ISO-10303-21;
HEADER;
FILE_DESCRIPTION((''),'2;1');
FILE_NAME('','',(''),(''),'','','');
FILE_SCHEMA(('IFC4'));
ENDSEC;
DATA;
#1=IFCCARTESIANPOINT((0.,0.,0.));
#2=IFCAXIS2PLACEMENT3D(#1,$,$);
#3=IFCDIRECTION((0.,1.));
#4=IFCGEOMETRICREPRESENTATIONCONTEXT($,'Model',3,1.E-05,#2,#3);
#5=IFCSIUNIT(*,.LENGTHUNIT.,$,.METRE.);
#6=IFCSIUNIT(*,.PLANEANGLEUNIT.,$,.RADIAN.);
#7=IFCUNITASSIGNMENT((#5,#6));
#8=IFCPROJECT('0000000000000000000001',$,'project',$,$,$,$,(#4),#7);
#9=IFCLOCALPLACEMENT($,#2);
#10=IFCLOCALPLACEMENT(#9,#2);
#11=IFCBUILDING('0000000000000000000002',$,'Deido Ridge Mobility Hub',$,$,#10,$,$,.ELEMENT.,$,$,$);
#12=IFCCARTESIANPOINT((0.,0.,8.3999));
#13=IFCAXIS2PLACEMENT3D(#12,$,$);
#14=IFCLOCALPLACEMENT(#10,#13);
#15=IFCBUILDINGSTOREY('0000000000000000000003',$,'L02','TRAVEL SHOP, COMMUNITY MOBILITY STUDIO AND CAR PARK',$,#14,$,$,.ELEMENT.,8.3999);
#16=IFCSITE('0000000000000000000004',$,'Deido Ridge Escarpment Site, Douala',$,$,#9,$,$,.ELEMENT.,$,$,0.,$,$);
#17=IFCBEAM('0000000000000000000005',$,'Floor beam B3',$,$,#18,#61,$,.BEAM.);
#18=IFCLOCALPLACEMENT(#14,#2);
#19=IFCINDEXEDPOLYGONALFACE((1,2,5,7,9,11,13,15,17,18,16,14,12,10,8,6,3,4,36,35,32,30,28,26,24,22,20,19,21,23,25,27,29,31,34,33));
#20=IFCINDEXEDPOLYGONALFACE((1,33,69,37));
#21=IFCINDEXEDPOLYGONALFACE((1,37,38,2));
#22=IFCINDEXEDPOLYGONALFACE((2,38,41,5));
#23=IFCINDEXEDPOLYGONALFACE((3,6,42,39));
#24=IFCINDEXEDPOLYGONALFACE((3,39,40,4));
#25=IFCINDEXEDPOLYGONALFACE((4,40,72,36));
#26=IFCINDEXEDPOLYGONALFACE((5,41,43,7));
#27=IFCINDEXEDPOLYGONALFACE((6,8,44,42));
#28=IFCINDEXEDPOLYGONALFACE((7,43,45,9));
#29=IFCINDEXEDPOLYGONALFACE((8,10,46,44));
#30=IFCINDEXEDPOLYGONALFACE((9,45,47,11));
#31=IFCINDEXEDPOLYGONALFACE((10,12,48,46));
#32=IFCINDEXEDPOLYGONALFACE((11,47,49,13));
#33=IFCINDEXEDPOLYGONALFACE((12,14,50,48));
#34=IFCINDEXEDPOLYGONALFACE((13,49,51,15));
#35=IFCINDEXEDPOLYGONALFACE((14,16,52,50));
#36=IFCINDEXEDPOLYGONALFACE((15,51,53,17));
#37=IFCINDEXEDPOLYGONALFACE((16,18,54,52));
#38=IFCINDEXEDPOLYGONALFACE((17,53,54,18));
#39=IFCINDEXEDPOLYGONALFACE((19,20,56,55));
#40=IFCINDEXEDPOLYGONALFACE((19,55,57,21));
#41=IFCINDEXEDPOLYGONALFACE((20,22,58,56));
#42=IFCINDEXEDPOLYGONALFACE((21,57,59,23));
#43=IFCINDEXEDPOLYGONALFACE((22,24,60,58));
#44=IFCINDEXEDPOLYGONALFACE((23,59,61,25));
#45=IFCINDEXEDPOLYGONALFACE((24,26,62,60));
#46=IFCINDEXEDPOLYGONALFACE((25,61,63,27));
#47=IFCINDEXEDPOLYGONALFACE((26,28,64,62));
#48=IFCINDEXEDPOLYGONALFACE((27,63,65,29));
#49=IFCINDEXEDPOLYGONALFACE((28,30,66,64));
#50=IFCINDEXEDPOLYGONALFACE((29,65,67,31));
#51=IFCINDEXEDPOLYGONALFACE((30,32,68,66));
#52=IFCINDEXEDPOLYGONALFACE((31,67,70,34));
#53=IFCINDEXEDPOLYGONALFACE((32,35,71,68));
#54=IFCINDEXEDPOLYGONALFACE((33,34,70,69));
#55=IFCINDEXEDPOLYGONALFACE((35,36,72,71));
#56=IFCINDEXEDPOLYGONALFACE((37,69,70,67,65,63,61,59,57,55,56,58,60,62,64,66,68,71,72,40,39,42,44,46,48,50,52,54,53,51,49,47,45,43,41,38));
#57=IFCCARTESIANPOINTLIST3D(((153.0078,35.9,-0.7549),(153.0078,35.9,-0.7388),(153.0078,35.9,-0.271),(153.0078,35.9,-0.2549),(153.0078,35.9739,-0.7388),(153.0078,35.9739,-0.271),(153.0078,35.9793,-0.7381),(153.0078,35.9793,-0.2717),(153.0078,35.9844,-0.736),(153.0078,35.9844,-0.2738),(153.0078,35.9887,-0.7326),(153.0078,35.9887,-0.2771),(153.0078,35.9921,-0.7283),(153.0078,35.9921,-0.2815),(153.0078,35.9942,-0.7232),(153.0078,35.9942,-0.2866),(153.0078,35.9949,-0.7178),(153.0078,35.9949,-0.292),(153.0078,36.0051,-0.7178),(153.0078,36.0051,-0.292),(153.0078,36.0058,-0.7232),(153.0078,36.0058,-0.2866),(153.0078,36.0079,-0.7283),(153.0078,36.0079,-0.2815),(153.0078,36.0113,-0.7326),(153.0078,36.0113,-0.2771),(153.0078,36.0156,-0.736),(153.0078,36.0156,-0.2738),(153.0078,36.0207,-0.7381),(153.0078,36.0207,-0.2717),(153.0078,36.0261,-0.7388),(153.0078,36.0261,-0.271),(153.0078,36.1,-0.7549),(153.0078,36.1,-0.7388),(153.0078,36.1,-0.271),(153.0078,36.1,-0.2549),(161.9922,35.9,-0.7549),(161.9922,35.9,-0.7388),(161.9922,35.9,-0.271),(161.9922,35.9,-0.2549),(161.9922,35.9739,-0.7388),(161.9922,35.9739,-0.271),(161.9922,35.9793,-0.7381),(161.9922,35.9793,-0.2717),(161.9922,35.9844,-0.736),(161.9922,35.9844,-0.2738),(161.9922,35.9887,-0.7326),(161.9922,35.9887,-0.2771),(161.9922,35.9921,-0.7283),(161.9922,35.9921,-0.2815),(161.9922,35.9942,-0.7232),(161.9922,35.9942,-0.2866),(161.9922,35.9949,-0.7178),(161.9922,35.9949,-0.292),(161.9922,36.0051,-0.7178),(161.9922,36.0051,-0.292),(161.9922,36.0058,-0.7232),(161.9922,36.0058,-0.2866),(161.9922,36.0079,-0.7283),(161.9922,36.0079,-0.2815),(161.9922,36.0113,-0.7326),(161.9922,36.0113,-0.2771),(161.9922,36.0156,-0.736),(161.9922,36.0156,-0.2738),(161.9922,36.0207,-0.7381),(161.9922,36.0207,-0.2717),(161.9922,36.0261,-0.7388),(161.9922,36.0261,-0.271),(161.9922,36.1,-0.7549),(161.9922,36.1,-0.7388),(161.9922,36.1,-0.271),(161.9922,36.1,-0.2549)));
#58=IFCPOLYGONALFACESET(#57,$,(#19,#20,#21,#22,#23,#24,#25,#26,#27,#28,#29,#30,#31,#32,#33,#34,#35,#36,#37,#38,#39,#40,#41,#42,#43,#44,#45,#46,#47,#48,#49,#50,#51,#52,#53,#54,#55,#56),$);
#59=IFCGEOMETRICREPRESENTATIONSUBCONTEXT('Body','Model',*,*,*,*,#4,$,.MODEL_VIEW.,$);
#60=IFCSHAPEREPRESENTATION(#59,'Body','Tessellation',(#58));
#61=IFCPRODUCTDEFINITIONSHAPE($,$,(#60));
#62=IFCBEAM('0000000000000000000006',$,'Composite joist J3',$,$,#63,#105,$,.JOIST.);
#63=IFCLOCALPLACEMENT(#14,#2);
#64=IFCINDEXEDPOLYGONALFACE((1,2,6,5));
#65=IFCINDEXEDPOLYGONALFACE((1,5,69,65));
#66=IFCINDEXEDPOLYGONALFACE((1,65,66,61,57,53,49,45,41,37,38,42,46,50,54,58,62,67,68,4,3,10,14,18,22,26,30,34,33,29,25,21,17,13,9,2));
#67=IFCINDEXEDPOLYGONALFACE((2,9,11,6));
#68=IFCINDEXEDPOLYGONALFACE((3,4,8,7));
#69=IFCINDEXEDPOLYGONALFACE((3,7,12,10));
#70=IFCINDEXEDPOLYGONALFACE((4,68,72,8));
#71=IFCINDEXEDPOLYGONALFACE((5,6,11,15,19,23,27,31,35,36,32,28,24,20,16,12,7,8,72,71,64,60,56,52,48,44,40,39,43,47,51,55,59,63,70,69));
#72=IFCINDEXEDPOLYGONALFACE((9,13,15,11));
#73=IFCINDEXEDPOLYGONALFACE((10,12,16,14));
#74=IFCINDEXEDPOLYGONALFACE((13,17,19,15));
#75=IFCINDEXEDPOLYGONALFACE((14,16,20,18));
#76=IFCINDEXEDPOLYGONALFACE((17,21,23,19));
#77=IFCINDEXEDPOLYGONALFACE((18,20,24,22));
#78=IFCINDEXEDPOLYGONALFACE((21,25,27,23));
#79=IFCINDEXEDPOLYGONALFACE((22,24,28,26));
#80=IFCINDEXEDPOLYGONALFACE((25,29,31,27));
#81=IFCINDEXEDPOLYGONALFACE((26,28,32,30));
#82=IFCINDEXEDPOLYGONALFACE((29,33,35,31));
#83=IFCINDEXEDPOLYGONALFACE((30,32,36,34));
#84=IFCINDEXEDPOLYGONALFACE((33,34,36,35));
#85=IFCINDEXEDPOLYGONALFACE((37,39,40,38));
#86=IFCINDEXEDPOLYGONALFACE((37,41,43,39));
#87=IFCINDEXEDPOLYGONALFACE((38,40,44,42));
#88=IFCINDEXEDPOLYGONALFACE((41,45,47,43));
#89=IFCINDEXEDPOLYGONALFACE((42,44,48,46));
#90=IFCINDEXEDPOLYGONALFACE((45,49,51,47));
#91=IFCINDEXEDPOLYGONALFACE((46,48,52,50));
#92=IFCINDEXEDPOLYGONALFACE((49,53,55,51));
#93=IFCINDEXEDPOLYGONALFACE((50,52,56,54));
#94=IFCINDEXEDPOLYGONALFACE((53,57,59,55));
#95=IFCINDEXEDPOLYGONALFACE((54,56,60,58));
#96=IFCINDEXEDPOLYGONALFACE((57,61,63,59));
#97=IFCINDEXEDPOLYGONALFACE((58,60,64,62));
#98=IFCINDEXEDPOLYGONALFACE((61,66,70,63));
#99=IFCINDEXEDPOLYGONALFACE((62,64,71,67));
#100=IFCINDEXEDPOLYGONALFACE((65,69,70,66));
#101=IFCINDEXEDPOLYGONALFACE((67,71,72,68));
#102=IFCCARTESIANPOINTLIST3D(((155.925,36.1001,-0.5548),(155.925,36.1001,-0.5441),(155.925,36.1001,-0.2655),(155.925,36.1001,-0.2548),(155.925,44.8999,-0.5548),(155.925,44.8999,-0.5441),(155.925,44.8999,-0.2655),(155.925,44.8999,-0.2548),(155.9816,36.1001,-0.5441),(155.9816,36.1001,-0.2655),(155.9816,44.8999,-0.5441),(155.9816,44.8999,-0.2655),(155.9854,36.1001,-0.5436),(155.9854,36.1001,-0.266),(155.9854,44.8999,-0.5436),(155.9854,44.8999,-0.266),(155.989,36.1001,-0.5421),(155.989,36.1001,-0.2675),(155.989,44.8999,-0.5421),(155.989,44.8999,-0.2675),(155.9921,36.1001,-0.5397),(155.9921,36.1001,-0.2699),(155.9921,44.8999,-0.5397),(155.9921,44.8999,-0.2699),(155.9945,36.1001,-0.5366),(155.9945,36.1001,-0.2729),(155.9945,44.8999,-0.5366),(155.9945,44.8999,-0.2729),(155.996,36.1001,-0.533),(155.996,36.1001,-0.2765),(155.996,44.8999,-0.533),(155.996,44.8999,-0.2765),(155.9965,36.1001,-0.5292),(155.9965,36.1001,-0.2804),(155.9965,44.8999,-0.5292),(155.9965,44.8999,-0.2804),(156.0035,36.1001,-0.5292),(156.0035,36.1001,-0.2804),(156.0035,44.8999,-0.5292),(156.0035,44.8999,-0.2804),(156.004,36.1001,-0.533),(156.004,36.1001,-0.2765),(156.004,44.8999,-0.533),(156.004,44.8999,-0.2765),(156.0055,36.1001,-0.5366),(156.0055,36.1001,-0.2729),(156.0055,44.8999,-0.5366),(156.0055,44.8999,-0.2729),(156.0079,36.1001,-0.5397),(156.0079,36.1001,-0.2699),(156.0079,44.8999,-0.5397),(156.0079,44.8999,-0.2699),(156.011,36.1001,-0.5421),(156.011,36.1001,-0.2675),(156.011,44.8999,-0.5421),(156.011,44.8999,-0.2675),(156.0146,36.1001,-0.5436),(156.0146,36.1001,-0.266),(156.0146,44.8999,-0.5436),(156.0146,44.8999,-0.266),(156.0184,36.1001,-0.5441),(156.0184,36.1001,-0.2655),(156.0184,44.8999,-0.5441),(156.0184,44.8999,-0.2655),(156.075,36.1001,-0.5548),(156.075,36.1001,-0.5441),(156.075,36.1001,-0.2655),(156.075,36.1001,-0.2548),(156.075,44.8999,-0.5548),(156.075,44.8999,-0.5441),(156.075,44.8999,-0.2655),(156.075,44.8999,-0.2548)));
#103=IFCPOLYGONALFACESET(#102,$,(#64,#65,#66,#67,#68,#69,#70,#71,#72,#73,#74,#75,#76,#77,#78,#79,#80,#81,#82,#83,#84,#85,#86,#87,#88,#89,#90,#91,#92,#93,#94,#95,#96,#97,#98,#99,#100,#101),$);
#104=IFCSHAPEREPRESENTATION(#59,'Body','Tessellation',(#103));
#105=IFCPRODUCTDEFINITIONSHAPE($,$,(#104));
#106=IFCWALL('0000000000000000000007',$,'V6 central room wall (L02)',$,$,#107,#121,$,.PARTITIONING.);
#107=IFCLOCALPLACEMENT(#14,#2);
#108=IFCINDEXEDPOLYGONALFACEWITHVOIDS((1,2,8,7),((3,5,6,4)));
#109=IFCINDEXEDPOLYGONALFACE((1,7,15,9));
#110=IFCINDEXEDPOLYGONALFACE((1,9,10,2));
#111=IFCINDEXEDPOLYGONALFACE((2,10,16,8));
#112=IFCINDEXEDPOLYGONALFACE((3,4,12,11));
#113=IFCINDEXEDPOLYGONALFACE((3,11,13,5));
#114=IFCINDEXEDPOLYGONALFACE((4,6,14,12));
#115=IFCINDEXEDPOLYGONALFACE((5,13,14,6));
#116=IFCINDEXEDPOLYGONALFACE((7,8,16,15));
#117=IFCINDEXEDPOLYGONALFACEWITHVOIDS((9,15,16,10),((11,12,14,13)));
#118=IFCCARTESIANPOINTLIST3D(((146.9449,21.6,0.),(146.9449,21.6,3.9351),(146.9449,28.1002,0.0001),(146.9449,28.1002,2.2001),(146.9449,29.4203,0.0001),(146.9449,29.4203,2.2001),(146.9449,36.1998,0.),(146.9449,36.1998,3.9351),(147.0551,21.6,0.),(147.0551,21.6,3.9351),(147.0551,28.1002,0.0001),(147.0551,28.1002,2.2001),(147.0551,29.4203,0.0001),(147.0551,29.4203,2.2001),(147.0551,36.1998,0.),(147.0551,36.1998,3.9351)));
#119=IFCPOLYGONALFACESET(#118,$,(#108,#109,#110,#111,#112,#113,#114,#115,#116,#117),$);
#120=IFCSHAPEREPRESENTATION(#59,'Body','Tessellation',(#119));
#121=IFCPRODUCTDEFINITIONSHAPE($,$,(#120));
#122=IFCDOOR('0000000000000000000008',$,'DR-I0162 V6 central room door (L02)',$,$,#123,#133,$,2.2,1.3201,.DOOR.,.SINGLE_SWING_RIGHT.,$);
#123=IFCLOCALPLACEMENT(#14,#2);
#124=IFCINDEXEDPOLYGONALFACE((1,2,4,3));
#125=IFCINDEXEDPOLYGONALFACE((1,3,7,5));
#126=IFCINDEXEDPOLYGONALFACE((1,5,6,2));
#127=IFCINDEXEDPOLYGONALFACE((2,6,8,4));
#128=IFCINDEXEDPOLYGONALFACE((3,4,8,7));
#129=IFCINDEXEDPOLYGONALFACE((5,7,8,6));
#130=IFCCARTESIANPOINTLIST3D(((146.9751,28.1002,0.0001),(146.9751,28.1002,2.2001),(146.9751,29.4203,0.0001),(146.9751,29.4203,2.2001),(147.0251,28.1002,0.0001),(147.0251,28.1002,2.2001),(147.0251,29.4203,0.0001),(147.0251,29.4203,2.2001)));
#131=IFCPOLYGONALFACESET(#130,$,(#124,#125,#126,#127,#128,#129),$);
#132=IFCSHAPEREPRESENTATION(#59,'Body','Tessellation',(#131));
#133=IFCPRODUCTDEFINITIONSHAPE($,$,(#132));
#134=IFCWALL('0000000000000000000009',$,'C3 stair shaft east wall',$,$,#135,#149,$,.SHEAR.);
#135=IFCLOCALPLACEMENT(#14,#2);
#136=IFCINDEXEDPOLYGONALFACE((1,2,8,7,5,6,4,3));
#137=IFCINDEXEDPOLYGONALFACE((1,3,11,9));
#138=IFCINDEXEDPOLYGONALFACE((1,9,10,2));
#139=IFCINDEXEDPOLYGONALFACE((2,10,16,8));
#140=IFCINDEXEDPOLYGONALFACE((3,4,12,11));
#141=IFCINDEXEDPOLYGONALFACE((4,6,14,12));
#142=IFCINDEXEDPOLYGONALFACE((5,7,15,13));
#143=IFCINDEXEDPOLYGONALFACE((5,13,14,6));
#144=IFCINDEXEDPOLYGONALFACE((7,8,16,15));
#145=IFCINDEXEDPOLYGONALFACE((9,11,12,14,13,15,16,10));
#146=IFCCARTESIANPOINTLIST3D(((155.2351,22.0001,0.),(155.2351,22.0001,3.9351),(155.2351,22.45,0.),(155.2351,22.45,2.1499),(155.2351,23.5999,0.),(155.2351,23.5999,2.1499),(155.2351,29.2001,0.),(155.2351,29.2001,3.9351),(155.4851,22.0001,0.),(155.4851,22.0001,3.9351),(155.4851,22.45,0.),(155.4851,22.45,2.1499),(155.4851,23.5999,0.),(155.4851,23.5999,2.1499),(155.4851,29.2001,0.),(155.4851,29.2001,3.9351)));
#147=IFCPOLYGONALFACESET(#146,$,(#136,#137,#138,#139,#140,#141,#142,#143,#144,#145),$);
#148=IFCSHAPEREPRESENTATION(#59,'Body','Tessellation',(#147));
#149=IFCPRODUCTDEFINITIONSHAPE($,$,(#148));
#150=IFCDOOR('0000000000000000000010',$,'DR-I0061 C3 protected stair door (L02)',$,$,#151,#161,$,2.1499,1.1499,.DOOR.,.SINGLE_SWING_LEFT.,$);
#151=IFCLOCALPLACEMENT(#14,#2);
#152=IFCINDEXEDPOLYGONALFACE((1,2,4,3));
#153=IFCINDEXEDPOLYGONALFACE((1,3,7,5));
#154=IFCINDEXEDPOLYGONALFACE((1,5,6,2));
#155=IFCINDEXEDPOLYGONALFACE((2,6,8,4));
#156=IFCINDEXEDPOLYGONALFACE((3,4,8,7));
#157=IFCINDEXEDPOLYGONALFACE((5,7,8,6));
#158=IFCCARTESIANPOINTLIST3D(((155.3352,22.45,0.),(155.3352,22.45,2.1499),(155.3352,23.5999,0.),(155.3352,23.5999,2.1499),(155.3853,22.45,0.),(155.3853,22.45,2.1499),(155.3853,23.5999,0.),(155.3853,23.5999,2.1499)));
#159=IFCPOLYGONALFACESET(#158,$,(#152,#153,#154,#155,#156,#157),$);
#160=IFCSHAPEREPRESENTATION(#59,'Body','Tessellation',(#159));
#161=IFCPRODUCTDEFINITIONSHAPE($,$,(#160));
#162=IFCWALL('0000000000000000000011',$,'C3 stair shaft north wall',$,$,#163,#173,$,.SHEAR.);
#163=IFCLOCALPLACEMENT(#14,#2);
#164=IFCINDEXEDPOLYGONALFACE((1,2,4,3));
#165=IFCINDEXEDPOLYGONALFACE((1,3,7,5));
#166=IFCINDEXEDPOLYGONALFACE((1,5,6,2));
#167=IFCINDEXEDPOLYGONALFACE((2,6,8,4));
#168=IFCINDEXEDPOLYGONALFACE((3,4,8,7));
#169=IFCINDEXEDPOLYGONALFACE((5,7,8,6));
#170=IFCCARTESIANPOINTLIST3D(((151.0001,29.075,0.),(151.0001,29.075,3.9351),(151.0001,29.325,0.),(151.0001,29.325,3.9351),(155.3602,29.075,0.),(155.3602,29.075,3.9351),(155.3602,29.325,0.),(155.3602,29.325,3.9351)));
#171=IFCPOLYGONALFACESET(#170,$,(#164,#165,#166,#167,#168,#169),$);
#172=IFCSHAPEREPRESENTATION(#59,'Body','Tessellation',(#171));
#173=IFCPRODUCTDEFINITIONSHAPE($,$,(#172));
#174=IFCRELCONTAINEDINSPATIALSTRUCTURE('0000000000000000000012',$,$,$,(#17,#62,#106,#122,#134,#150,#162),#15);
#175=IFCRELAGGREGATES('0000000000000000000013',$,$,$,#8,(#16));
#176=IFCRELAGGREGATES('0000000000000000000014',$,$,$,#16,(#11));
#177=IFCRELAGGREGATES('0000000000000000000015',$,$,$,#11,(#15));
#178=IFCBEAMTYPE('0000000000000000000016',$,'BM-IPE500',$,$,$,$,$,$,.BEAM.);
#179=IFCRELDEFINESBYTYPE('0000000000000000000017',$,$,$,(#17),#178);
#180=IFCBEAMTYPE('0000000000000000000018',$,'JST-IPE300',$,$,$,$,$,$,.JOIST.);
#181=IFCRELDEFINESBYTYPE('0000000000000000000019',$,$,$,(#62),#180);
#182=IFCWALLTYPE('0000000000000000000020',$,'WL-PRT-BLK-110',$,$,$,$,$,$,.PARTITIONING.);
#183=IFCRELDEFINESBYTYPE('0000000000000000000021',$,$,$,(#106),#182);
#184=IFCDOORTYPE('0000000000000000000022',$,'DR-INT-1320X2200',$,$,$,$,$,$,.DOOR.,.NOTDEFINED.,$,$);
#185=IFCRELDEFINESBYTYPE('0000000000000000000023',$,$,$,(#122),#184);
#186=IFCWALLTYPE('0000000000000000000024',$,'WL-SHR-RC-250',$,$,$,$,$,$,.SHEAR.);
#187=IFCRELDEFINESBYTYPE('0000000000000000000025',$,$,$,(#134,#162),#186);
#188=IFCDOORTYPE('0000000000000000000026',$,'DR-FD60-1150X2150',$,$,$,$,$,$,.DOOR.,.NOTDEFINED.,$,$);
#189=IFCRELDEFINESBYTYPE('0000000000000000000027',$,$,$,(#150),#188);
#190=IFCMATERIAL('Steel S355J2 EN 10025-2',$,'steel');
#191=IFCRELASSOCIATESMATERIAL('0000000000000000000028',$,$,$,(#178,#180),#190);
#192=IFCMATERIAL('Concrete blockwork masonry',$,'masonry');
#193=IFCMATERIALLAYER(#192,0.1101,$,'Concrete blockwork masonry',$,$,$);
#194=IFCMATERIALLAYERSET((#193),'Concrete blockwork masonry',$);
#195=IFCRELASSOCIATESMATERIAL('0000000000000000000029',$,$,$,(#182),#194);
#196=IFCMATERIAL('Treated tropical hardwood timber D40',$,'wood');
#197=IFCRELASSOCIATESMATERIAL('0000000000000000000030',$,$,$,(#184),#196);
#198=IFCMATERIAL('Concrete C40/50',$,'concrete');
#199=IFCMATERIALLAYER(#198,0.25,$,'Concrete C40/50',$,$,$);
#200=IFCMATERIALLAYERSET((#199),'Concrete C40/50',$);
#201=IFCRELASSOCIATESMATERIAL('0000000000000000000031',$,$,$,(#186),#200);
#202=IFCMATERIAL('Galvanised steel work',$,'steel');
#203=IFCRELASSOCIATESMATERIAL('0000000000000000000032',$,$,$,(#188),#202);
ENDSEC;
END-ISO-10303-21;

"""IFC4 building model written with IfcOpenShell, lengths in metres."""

from ifc_helpers import new_model, si_unit, direction, frame, frame_2d, origin, origin_2d, place, context, subcontext, project, spatial, rectangle, i_section, extrude, material, layer, layer_set, material_profile, profile_set, type_object, element, fill, save


model = new_model("IFC4")

# Units and contexts
model_context = context("Model", 3, precision=1e-05, world=origin(), true_north=direction((0.0, 1.0)))
body_context = subcontext(model_context, "Body", "Model", "MODEL_VIEW")
ifc_project = project(units=[si_unit("LENGTHUNIT", "METRE"), si_unit("PLANEANGLEUNIT", "RADIAN")], contexts=[model_context])

# Site, building, storey
site_placement = place(None, origin())
site = spatial("IfcSite", under=ifc_project, at=site_placement, Name="Deido Ridge Escarpment Site, Douala", CompositionType="ELEMENT", RefElevation=0.0)
building_placement = place(site_placement, origin())
building = spatial("IfcBuilding", under=site, at=building_placement, Name="Deido Ridge Mobility Hub", CompositionType="ELEMENT")
storey_placement = place(building_placement, frame((0.0, 0.0, 8.3999)))
storey = spatial("IfcBuildingStorey", under=building, at=storey_placement, Name="L02", Description="TRAVEL SHOP, COMMUNITY MOBILITY STUDIO AND CAR PARK", CompositionType="ELEMENT", Elevation=8.3999)

# Shared definitions
ifc_material_1 = material(Name="Steel S355J2 EN 10025-2", Category="steel")

# Beams
ifc_material_profile_1 = material_profile(ifc_material_1, i_section(OverallWidth=0.2, OverallDepth=0.5, WebThickness=0.0103, FlangeThickness=0.0161, FilletRadius=0.021, at=origin_2d()), Name="IPE 500")
ifc_profile_set_1 = profile_set([ifc_material_profile_1], Name="Steel S355J2 EN 10025-2")
beam_type_1 = type_object("IfcBeamType", Name="BM-IPE500", PredefinedType="BEAM", material=ifc_profile_set_1)
beam_1_placement = place(storey_placement, frame((153.0078, 36.0, -0.5049), z_axis=(1.0, 0.0, 0.0), x_axis=(0.0, 1.0, 0.0)))
element("IfcBeam", 1, at=beam_1_placement, inside=storey, type_object=beam_type_1, Name="Floor beam B3", PredefinedType="BEAM", context=body_context, shape_type="SweptSolid", body=[
    extrude(i_section(OverallWidth=0.2, OverallDepth=0.5, WebThickness=0.0103, FlangeThickness=0.0161, FilletRadius=0.021, at=origin_2d()), origin(), (0.0, 0.0, 1.0), 8.9844),
])
ifc_material_profile_2 = material_profile(ifc_material_1, i_section(OverallWidth=0.1499, OverallDepth=0.3, WebThickness=0.0071, FlangeThickness=0.0107, FilletRadius=0.0149, at=origin_2d()), Name="IPE 300")
ifc_profile_set_2 = profile_set([ifc_material_profile_2], Name="Steel S355J2 EN 10025-2")
beam_type_2 = type_object("IfcBeamType", Name="JST-IPE300", PredefinedType="JOIST", material=ifc_profile_set_2)
beam_2_placement = place(storey_placement, frame((156.0, 36.1001, -0.4048), z_axis=(0.0, 1.0, 0.0), x_axis=(-1.0, 0.0, 0.0)))
element("IfcBeam", 2, at=beam_2_placement, inside=storey, type_object=beam_type_2, Name="Composite joist J3", PredefinedType="JOIST", context=body_context, shape_type="SweptSolid", body=[
    extrude(i_section(OverallWidth=0.1499, OverallDepth=0.3, WebThickness=0.0071, FlangeThickness=0.0107, FilletRadius=0.0149, at=origin_2d()), origin(), (0.0, 0.0, 1.0), 8.7998),
])

# Walls, openings, doors
ifc_material_2 = material(Name="Concrete blockwork masonry", Category="masonry")
ifc_layer_1 = layer(ifc_material_2, 0.1101, Name="Concrete blockwork masonry")
ifc_layer_set_1 = layer_set([ifc_layer_1], Name="Concrete blockwork masonry")
wall_type_1 = type_object("IfcWallType", Name="WL-PRT-BLK-110", PredefinedType="PARTITIONING", material=ifc_layer_set_1)
wall_1_placement = place(storey_placement, frame((147.0, 21.6001, 0.0), z_axis=(0.0, 0.0, 1.0), x_axis=(0.0, 1.0, 0.0)))
wall_1 = element("IfcWall", 3, at=wall_1_placement, inside=storey, type_object=wall_type_1, Name="V6 central room wall (L02)", PredefinedType="PARTITIONING", context=body_context, shape_type="SweptSolid", body=[
    extrude(rectangle(XDim=14.5999, YDim=0.1101, at=frame_2d((7.2998, 0.0))), origin(), (0.0, 0.0, 1.0), 3.9351),
])
opening_1_placement = place(wall_1_placement, frame((6.5, 0.0, 0.0)))
opening_1 = element("IfcOpeningElement", 4, at=opening_1_placement, cuts=wall_1, PredefinedType="OPENING", context=body_context, shape_type="SweptSolid", body=[
    extrude(rectangle(XDim=1.3201, YDim=2.2, at=frame_2d((0.6602, 1.1001))), frame((0.0, 0.0649, 0.0), z_axis=(0.0, -1.0, 0.0), x_axis=(1.0, 0.0, 0.0)), (0.0, 0.0, 1.0), 0.1301),
])
ifc_material_3 = material(Name="Treated tropical hardwood timber D40", Category="wood")
door_type_1 = type_object("IfcDoorType", Name="DR-INT-1320X2200", OperationType="NOTDEFINED", PredefinedType="DOOR", material=ifc_material_3)
door_1_placement = place(opening_1_placement, origin())
door_1 = element("IfcDoor", 5, at=door_1_placement, inside=storey, type_object=door_type_1, Name="DR-I0162 V6 central room door (L02)", OperationType="SINGLE_SWING_RIGHT", OverallHeight=2.2, OverallWidth=1.3201, PredefinedType="DOOR", context=body_context, shape_type="SweptSolid", body=[
    extrude(rectangle(XDim=1.3201, YDim=2.2, at=frame_2d((0.6602, 1.1001))), frame((0.0, 0.0249, 0.0), z_axis=(0.0, -1.0, 0.0), x_axis=(1.0, 0.0, 0.0)), (0.0, 0.0, 1.0), 0.05),
])
fill(opening_1, door_1)
ifc_material_4 = material(Name="Concrete C40/50", Category="concrete")
ifc_layer_2 = layer(ifc_material_4, 0.25, Name="Concrete C40/50")
ifc_layer_set_2 = layer_set([ifc_layer_2], Name="Concrete C40/50")
wall_type_2 = type_object("IfcWallType", Name="WL-SHR-RC-250", PredefinedType="SHEAR", material=ifc_layer_set_2)
wall_2_placement = place(storey_placement, frame((155.3601, 22.0, 0.0), z_axis=(0.0, 0.0, 1.0), x_axis=(0.0, 1.0, 0.0)))
wall_2 = element("IfcWall", 6, at=wall_2_placement, inside=storey, type_object=wall_type_2, Name="C3 stair shaft east wall", PredefinedType="SHEAR", context=body_context, shape_type="SweptSolid", body=[
    extrude(rectangle(XDim=7.2, YDim=0.25, at=frame_2d((3.6001, 0.0))), origin(), (0.0, 0.0, 1.0), 3.9351),
])
opening_2_placement = place(wall_2_placement, frame((0.45, 0.0, 0.0)))
opening_2 = element("IfcOpeningElement", 7, at=opening_2_placement, cuts=wall_2, PredefinedType="OPENING", context=body_context, shape_type="SweptSolid", body=[
    extrude(rectangle(XDim=1.1499, YDim=2.1499, at=frame_2d((0.575, 1.075))), frame((0.0, 0.135, 0.0), z_axis=(0.0, -1.0, 0.0), x_axis=(1.0, 0.0, 0.0)), (0.0, 0.0, 1.0), 0.27),
])
ifc_material_5 = material(Name="Galvanised steel work", Category="steel")
door_type_2 = type_object("IfcDoorType", Name="DR-FD60-1150X2150", OperationType="NOTDEFINED", PredefinedType="DOOR", material=ifc_material_5)
door_2_placement = place(opening_2_placement, origin())
door_2 = element("IfcDoor", 8, at=door_2_placement, inside=storey, type_object=door_type_2, Name="DR-I0061 C3 protected stair door (L02)", OperationType="SINGLE_SWING_LEFT", OverallHeight=2.1499, OverallWidth=1.1499, PredefinedType="DOOR", context=body_context, shape_type="SweptSolid", body=[
    extrude(rectangle(XDim=1.1499, YDim=2.1499, at=frame_2d((0.575, 1.075))), frame((0.0, 0.0249, 0.0), z_axis=(0.0, -1.0, 0.0), x_axis=(1.0, 0.0, 0.0)), (0.0, 0.0, 1.0), 0.05),
])
fill(opening_2, door_2)

# Wall
wall_3_placement = place(storey_placement, frame((151.0, 29.2, 0.0), z_axis=(0.0, 0.0, 1.0), x_axis=(1.0, 0.0, 0.0)))
element("IfcWall", 9, at=wall_3_placement, inside=storey, type_object=wall_type_2, Name="C3 stair shaft north wall", PredefinedType="SHEAR", context=body_context, shape_type="SweptSolid", body=[
    extrude(rectangle(XDim=4.3601, YDim=0.25, at=frame_2d((2.1802, 0.0))), origin(), (0.0, 0.0, 1.0), 3.9351),
])

save(model, "model.ifc")
